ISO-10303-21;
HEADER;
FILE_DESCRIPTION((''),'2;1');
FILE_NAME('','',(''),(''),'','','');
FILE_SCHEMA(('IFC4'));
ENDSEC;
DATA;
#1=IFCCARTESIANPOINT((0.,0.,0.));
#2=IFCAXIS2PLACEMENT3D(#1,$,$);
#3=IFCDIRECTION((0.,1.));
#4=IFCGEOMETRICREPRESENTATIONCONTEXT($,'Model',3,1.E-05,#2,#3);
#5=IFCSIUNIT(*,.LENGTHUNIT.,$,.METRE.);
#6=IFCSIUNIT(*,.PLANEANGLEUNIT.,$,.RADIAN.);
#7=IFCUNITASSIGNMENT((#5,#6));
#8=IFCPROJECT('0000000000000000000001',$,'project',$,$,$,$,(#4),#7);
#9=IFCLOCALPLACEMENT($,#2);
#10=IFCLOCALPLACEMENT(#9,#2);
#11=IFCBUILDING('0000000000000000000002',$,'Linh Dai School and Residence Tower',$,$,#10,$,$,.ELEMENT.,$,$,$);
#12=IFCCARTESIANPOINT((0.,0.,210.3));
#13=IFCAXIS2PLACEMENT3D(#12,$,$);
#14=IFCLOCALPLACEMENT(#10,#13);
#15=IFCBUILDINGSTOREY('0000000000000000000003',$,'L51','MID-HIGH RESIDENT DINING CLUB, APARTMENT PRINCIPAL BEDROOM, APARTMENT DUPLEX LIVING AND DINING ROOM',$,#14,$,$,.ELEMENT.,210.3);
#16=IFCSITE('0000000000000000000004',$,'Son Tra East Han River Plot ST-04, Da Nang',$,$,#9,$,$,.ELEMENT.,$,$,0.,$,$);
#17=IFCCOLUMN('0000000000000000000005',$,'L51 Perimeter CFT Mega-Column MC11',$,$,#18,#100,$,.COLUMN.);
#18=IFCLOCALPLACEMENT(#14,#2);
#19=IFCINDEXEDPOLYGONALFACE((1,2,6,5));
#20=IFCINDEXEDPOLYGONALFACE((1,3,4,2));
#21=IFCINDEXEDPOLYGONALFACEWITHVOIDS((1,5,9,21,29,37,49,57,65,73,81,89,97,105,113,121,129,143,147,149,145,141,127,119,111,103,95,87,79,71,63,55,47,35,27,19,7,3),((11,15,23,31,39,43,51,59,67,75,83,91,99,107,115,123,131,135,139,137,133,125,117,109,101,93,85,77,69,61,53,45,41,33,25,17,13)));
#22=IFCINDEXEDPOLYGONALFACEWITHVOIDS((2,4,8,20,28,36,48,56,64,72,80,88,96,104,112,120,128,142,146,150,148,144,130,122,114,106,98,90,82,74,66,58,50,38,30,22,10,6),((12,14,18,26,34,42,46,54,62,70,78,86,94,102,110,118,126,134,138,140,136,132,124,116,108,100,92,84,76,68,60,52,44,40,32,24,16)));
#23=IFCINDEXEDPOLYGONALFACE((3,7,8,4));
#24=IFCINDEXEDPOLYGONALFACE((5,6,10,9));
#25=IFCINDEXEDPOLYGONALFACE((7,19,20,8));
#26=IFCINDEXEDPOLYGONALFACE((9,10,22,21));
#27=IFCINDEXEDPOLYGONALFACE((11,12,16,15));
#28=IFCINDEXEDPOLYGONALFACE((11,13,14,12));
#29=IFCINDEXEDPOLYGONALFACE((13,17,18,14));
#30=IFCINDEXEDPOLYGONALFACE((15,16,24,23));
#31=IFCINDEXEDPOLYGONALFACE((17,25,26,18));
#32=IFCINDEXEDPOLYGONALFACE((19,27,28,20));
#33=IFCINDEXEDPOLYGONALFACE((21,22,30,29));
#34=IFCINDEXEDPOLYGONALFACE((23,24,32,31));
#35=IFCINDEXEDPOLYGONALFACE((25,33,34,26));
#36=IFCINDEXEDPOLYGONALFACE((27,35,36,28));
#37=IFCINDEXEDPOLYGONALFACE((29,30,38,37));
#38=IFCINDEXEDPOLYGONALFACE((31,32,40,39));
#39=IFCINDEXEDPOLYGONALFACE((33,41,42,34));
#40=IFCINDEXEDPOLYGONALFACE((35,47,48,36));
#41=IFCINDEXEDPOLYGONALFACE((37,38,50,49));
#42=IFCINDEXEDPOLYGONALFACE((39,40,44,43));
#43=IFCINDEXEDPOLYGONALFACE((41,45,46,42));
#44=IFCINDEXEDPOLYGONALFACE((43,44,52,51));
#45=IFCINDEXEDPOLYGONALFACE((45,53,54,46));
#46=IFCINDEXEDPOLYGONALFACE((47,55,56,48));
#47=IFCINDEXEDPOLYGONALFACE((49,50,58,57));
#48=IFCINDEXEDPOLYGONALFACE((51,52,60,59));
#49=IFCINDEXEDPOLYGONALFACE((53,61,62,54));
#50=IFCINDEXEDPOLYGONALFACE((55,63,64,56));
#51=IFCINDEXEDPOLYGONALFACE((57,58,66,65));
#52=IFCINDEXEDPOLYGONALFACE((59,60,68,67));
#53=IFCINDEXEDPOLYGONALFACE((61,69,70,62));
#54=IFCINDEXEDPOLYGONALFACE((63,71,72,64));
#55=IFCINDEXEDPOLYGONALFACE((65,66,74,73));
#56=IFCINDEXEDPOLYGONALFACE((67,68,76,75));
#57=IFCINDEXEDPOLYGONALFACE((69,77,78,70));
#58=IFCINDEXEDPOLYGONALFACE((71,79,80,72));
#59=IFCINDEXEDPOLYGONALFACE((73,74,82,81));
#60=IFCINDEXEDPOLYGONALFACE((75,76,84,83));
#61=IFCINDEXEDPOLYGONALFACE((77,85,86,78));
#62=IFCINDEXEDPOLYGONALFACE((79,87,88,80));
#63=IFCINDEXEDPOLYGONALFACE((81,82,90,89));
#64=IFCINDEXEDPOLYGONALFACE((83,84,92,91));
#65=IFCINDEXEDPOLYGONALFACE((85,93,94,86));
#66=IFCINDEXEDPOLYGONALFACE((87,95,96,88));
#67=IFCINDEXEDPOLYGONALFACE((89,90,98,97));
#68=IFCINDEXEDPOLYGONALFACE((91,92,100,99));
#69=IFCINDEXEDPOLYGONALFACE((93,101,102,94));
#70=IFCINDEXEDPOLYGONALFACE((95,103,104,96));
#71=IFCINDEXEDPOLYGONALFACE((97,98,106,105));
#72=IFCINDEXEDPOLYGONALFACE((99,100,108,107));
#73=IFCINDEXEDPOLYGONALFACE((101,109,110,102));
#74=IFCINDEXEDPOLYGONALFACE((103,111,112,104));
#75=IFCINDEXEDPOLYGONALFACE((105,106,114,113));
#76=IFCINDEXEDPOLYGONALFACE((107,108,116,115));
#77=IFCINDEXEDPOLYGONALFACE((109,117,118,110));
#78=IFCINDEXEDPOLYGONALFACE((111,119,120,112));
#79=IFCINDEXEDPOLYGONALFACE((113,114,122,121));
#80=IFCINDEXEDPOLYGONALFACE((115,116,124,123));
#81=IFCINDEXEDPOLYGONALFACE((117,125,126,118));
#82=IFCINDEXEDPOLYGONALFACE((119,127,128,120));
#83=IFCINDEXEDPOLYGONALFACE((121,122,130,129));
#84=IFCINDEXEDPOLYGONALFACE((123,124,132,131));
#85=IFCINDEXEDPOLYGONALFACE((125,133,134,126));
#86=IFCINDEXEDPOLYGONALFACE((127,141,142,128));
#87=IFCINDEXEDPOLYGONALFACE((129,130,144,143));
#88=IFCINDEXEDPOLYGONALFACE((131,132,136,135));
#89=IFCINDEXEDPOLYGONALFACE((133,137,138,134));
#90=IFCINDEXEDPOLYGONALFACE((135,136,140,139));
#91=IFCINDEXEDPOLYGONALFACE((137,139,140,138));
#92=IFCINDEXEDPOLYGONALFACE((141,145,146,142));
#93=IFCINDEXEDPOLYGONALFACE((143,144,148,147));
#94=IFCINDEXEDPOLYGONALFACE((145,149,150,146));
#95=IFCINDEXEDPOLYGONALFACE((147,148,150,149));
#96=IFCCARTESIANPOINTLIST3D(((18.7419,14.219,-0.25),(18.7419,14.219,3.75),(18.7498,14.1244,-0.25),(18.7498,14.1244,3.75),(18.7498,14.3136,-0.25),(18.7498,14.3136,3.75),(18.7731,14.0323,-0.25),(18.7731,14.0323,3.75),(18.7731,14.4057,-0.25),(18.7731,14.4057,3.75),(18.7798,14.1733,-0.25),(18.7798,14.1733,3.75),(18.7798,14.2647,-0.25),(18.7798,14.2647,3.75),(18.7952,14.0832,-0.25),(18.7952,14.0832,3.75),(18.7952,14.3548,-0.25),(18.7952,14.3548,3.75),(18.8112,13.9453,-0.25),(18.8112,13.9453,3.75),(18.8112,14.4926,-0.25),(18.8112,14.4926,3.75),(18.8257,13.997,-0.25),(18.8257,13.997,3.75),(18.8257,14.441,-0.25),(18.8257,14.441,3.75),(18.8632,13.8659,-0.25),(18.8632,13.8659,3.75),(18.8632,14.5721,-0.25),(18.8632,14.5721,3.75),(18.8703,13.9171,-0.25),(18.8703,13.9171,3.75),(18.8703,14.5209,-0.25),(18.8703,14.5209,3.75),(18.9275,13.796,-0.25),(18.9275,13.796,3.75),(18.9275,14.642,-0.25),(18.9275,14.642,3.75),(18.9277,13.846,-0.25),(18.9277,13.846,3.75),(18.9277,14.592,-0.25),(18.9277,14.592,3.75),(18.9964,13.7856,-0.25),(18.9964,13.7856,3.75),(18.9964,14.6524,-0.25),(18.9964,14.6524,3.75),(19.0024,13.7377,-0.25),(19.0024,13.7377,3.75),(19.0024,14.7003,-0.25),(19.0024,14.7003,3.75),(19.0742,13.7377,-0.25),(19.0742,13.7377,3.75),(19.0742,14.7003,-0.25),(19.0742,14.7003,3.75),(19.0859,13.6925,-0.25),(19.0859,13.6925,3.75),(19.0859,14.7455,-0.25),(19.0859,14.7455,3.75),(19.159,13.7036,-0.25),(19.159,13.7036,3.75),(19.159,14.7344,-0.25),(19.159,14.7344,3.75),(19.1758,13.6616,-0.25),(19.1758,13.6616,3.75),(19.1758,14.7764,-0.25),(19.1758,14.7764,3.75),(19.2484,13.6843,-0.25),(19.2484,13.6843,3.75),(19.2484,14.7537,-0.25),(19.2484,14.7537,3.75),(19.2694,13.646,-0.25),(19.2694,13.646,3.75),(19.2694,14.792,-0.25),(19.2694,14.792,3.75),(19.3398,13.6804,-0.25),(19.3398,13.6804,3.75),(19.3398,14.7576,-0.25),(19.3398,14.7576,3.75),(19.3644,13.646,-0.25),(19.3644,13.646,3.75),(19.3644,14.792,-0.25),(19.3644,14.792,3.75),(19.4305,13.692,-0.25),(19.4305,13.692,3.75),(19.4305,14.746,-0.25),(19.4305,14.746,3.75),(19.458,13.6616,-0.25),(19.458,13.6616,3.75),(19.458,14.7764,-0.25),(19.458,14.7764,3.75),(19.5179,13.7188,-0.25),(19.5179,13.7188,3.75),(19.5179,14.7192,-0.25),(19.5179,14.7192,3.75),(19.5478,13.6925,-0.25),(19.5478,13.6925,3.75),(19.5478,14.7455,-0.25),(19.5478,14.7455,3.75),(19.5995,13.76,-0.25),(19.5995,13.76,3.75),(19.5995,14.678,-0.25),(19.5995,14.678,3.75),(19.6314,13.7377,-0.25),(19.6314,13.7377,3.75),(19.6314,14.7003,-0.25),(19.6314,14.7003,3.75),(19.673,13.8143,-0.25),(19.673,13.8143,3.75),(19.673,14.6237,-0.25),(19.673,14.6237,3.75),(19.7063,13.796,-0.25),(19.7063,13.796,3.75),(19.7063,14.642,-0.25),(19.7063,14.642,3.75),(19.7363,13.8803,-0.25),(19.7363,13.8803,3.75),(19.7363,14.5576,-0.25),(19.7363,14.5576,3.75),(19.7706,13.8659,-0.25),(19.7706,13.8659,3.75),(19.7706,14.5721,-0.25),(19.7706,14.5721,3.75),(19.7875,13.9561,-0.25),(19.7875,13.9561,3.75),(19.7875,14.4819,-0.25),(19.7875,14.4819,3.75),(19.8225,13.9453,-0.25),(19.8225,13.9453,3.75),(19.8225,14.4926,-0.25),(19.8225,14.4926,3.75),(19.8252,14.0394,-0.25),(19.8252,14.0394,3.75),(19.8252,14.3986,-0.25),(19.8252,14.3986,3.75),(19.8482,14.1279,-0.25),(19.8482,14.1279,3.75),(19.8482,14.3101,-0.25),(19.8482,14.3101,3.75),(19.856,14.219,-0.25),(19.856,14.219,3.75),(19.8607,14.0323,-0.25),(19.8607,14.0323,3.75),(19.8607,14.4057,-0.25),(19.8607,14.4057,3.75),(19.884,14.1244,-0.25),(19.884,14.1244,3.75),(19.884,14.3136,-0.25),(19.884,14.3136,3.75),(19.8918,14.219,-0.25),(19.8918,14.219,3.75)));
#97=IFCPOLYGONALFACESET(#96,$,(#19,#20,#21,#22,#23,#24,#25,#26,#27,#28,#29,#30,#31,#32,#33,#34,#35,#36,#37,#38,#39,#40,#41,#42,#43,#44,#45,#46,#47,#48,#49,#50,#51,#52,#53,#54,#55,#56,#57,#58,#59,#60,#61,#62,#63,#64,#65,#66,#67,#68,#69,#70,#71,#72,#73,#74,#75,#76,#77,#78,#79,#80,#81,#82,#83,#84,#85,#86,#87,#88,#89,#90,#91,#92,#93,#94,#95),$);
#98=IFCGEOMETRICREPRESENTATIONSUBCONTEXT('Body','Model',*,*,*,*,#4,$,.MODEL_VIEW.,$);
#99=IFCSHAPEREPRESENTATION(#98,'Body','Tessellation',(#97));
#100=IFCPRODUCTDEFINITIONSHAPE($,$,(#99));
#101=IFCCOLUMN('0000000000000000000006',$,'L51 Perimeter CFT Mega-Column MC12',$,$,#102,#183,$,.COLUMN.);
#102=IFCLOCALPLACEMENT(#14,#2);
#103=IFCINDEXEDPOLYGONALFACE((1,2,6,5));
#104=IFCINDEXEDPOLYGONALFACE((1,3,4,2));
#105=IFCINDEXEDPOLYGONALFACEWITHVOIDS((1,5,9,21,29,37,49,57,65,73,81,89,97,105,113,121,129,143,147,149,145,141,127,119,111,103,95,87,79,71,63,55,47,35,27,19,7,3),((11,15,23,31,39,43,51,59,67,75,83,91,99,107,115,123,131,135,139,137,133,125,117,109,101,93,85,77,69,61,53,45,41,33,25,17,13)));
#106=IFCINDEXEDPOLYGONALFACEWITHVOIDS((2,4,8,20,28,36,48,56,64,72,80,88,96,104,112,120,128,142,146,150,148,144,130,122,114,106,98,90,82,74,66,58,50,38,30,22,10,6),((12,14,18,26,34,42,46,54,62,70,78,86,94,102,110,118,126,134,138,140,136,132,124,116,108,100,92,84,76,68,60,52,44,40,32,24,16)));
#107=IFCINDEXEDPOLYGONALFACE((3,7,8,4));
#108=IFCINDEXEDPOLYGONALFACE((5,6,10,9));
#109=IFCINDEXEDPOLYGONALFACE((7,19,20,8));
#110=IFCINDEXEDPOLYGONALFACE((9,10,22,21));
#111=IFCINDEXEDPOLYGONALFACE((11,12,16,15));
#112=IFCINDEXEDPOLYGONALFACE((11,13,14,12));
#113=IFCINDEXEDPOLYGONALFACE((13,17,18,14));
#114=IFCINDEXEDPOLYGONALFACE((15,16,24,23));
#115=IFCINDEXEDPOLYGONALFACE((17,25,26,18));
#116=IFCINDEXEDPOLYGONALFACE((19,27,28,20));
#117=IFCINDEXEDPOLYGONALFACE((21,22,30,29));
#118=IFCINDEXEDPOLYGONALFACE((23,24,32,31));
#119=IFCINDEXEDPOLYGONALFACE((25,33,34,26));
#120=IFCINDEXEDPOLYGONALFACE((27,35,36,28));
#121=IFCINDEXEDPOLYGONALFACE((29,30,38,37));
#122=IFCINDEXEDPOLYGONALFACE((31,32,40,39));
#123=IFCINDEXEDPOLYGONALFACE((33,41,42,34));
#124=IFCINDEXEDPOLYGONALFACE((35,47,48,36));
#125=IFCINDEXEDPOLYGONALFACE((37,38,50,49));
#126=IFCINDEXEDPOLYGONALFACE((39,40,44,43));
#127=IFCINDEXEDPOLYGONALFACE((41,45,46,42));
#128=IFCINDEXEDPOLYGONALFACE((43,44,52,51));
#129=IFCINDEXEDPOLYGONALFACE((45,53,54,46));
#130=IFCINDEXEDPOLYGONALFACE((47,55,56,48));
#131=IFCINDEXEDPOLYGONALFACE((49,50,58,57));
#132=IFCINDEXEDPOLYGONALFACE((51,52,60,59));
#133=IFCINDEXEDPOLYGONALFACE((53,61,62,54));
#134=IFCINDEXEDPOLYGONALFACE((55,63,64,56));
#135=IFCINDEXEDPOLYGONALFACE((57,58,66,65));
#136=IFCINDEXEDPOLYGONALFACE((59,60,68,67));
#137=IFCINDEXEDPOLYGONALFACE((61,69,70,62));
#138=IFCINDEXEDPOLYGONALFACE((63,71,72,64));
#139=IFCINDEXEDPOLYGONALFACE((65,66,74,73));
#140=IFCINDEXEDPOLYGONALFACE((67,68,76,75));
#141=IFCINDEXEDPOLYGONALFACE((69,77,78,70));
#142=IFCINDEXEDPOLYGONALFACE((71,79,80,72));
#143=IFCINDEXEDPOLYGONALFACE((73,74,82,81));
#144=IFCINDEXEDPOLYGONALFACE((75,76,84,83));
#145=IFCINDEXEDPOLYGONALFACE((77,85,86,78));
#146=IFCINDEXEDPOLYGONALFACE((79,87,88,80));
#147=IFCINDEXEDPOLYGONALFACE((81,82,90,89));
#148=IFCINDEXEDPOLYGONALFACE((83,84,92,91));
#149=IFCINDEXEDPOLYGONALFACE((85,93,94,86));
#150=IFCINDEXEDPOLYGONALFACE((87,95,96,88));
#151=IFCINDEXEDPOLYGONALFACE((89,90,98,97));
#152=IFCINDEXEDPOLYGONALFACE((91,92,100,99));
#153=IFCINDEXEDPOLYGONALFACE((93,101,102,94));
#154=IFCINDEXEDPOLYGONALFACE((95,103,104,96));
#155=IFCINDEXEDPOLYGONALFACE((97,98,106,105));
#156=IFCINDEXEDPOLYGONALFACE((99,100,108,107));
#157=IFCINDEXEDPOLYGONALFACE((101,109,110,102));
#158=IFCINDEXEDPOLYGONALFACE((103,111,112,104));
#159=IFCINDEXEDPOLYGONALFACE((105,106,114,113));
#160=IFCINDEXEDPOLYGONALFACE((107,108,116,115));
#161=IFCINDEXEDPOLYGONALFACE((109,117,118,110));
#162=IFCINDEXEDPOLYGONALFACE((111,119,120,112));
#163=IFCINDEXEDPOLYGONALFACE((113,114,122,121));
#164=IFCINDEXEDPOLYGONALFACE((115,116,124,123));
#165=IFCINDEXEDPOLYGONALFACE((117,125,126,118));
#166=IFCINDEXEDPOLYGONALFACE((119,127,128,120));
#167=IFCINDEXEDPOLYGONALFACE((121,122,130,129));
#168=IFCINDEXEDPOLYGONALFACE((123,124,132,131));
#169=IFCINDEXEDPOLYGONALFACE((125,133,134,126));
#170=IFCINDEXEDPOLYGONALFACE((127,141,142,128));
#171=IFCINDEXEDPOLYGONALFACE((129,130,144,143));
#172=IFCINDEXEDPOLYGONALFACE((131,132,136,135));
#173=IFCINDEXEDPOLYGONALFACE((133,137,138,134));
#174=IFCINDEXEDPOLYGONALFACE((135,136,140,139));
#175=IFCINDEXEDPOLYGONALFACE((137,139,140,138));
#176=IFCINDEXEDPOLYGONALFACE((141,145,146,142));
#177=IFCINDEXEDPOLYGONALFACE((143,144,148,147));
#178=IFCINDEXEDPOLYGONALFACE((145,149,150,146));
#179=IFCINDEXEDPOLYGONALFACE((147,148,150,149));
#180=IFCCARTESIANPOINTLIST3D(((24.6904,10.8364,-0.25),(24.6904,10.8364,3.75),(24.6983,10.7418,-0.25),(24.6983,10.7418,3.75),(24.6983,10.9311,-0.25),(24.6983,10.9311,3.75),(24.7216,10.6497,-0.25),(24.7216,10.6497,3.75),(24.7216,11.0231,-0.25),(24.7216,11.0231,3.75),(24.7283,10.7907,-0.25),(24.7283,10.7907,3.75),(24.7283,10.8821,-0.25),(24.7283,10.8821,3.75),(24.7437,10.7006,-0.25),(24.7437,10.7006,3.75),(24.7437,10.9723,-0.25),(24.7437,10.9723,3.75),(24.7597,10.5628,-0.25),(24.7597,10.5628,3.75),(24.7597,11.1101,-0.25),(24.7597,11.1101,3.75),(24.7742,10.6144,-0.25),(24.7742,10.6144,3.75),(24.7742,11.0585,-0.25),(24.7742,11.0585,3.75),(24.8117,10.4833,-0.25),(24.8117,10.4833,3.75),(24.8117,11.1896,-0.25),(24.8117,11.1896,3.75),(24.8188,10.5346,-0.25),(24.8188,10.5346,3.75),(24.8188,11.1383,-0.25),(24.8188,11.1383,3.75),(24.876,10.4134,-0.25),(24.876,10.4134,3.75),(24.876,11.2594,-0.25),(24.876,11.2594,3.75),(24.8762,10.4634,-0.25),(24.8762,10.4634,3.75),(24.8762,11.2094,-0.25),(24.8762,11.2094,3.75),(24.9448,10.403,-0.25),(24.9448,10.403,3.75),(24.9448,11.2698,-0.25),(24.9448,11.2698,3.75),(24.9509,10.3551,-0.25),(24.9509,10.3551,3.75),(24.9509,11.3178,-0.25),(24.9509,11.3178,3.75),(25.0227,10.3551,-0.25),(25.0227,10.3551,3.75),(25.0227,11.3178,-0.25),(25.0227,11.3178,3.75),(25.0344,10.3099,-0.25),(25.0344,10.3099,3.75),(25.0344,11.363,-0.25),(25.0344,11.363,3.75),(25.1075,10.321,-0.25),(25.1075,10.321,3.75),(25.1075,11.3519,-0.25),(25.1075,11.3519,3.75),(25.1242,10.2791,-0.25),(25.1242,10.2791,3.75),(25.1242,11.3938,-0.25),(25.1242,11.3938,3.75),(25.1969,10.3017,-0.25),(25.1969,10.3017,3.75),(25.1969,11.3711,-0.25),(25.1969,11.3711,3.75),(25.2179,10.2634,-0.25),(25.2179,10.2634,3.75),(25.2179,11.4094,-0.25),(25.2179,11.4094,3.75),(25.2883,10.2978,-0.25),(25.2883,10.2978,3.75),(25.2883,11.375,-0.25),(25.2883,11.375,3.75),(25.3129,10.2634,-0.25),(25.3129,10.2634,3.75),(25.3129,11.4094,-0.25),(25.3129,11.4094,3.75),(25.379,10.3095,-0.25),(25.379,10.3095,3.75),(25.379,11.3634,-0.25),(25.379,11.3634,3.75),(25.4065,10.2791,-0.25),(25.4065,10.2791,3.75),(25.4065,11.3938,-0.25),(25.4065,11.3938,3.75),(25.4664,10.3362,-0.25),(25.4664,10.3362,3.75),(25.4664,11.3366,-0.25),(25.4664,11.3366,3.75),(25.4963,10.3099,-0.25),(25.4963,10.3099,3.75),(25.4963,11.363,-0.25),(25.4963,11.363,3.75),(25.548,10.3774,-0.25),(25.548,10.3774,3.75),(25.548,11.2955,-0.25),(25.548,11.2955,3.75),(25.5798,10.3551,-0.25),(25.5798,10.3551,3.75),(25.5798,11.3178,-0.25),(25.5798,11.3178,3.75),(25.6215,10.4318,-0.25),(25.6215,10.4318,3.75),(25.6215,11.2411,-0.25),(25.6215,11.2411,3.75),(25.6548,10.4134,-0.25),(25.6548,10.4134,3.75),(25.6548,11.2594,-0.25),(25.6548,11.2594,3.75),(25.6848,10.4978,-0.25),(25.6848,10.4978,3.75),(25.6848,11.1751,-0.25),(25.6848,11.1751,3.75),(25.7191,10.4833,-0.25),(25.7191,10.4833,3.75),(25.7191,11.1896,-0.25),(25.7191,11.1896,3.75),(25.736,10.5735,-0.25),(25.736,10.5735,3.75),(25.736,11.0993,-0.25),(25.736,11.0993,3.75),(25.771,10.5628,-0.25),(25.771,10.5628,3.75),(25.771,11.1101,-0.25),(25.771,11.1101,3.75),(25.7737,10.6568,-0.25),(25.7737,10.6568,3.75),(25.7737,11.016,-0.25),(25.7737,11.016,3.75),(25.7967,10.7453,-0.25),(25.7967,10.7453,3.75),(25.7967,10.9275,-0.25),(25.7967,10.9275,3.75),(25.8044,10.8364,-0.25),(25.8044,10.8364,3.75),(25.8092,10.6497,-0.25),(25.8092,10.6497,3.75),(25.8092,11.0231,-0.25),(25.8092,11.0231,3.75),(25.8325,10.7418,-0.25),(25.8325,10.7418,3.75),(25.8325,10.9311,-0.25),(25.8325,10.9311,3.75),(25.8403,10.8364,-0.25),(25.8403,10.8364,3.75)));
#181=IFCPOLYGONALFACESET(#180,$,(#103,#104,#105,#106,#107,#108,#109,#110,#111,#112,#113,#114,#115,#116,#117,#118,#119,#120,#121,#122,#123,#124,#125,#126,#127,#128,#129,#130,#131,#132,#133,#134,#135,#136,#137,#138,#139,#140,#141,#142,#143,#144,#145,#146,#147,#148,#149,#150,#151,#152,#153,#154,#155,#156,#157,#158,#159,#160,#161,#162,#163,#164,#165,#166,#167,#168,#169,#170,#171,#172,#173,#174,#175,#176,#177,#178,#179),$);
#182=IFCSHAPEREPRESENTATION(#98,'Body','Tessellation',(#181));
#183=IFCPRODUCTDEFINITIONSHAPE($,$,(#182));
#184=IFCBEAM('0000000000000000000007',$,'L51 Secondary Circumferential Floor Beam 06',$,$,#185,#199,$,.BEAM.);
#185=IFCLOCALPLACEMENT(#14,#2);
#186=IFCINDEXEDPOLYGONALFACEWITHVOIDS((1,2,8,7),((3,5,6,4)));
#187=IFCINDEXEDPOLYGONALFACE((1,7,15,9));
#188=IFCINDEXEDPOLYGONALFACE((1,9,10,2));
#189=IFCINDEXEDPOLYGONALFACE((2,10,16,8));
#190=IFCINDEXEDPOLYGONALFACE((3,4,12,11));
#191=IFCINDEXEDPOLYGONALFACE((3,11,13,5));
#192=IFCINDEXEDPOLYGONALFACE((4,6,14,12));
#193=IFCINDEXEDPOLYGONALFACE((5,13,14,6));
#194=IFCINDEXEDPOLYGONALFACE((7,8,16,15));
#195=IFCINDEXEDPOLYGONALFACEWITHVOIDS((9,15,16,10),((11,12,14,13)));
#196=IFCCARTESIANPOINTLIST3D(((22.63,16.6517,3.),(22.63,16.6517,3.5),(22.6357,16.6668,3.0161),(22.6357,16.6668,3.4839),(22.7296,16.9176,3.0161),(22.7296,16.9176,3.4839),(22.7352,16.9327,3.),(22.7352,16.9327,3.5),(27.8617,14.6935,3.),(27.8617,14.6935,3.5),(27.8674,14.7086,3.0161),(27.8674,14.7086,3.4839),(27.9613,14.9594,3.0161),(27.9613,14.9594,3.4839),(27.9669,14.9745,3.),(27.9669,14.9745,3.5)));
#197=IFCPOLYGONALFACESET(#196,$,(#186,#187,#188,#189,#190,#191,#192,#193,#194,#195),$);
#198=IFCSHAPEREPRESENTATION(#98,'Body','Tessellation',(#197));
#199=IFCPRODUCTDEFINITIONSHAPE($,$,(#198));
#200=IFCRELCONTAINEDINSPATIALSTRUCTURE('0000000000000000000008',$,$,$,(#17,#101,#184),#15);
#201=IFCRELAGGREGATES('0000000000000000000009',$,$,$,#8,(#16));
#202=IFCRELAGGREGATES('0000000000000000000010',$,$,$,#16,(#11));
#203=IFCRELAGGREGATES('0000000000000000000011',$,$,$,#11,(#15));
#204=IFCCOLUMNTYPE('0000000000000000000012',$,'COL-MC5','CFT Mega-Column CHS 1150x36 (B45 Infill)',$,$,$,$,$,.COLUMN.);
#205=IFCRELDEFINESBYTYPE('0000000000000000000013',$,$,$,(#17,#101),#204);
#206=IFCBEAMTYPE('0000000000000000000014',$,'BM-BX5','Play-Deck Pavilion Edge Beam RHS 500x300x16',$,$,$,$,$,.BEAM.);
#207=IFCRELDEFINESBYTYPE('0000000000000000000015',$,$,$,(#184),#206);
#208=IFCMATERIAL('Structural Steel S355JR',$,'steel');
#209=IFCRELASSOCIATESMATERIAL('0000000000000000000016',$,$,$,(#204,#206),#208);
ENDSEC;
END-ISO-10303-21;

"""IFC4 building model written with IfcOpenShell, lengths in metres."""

from ifc_helpers import new_model, si_unit, direction, frame, origin, origin_2d, place, context, subcontext, project, spatial, hollow_rectangle, hollow_circle, extrude, material, material_profile, profile_set, type_object, element, save


model = new_model("IFC4")

# Units and contexts
model_context = context("Model", 3, precision=1e-05, world=origin(), true_north=direction((0.0, 1.0)))
body_context = subcontext(model_context, "Body", "Model", "MODEL_VIEW")
ifc_project = project(units=[si_unit("LENGTHUNIT", "METRE"), si_unit("PLANEANGLEUNIT", "RADIAN")], contexts=[model_context])

# Site, building, storey
site_placement = place(None, origin())
site = spatial("IfcSite", under=ifc_project, at=site_placement, Name="Son Tra East Han River Plot ST-04, Da Nang", CompositionType="ELEMENT", RefElevation=0.0)
building_placement = place(site_placement, origin())
building = spatial("IfcBuilding", under=site, at=building_placement, Name="Linh Dai School and Residence Tower", CompositionType="ELEMENT")
storey_placement = place(building_placement, frame((0.0, 0.0, 210.3)))
storey = spatial("IfcBuildingStorey", under=building, at=storey_placement, Name="L51", Description="MID-HIGH RESIDENT DINING CLUB, APARTMENT PRINCIPAL BEDROOM, APARTMENT DUPLEX LIVING AND DINING ROOM", CompositionType="ELEMENT", Elevation=210.3)

# Columns
ifc_material_1 = material(Name="Structural Steel S355JR", Category="steel")
ifc_material_profile_1 = material_profile(ifc_material_1, hollow_circle(Radius=0.575, WallThickness=0.0359, at=origin_2d()), Name="CHS 1150x36")
ifc_profile_set_1 = profile_set([ifc_material_profile_1], Name="Structural Steel S355JR")
column_type = type_object("IfcColumnType", Name="COL-MC5", Description="CFT Mega-Column CHS 1150x36 (B45 Infill)", PredefinedType="COLUMN", material=ifc_profile_set_1)
for number, where, z_axis, x_axis, name in (
    (1, (19.3169, 14.219, -0.25), (0.0, 0.0, 1.0), (1.0, 0.0, 0.0), "L51 Perimeter CFT Mega-Column MC11"),
    (2, (25.2654, 10.8364, -0.25), (0.0, 0.0, 1.0), (1.0, 0.0, 0.0), "L51 Perimeter CFT Mega-Column MC12"),
):
    element("IfcColumn", number, at=place(storey_placement, frame(where, z_axis=z_axis, x_axis=x_axis)), inside=storey, type_object=column_type, Name=name, PredefinedType="COLUMN", context=body_context, shape_type="SweptSolid", body=[
        extrude(hollow_circle(Radius=0.575, WallThickness=0.0359, at=origin_2d()), origin(), (0.0, 0.0, 1.0), 4.0),
    ])

# Beam
ifc_material_profile_2 = material_profile(ifc_material_1, hollow_rectangle(XDim=0.3, YDim=0.5, WallThickness=0.0161, at=origin_2d()), Name="RHS 500x300x16")
ifc_profile_set_2 = profile_set([ifc_material_profile_2], Name="Structural Steel S355JR")
beam_type_1 = type_object("IfcBeamType", Name="BM-BX5", Description="Play-Deck Pavilion Edge Beam RHS 500x300x16", PredefinedType="BEAM", material=ifc_profile_set_2)
beam_1_placement = place(storey_placement, frame((22.6826, 16.7922, 3.25), z_axis=(0.936543, -0.350553, 0.0), x_axis=(0.350553, 0.936543, 0.0)))
element("IfcBeam", 3, at=beam_1_placement, inside=storey, type_object=beam_type_1, Name="L51 Secondary Circumferential Floor Beam 06", PredefinedType="BEAM", context=body_context, shape_type="SweptSolid", body=[
    extrude(hollow_rectangle(XDim=0.3, YDim=0.5, WallThickness=0.0161, at=origin_2d()), origin(), (0.0, 0.0, 1.0), 5.5862),
])

save(model, "model.ifc")
